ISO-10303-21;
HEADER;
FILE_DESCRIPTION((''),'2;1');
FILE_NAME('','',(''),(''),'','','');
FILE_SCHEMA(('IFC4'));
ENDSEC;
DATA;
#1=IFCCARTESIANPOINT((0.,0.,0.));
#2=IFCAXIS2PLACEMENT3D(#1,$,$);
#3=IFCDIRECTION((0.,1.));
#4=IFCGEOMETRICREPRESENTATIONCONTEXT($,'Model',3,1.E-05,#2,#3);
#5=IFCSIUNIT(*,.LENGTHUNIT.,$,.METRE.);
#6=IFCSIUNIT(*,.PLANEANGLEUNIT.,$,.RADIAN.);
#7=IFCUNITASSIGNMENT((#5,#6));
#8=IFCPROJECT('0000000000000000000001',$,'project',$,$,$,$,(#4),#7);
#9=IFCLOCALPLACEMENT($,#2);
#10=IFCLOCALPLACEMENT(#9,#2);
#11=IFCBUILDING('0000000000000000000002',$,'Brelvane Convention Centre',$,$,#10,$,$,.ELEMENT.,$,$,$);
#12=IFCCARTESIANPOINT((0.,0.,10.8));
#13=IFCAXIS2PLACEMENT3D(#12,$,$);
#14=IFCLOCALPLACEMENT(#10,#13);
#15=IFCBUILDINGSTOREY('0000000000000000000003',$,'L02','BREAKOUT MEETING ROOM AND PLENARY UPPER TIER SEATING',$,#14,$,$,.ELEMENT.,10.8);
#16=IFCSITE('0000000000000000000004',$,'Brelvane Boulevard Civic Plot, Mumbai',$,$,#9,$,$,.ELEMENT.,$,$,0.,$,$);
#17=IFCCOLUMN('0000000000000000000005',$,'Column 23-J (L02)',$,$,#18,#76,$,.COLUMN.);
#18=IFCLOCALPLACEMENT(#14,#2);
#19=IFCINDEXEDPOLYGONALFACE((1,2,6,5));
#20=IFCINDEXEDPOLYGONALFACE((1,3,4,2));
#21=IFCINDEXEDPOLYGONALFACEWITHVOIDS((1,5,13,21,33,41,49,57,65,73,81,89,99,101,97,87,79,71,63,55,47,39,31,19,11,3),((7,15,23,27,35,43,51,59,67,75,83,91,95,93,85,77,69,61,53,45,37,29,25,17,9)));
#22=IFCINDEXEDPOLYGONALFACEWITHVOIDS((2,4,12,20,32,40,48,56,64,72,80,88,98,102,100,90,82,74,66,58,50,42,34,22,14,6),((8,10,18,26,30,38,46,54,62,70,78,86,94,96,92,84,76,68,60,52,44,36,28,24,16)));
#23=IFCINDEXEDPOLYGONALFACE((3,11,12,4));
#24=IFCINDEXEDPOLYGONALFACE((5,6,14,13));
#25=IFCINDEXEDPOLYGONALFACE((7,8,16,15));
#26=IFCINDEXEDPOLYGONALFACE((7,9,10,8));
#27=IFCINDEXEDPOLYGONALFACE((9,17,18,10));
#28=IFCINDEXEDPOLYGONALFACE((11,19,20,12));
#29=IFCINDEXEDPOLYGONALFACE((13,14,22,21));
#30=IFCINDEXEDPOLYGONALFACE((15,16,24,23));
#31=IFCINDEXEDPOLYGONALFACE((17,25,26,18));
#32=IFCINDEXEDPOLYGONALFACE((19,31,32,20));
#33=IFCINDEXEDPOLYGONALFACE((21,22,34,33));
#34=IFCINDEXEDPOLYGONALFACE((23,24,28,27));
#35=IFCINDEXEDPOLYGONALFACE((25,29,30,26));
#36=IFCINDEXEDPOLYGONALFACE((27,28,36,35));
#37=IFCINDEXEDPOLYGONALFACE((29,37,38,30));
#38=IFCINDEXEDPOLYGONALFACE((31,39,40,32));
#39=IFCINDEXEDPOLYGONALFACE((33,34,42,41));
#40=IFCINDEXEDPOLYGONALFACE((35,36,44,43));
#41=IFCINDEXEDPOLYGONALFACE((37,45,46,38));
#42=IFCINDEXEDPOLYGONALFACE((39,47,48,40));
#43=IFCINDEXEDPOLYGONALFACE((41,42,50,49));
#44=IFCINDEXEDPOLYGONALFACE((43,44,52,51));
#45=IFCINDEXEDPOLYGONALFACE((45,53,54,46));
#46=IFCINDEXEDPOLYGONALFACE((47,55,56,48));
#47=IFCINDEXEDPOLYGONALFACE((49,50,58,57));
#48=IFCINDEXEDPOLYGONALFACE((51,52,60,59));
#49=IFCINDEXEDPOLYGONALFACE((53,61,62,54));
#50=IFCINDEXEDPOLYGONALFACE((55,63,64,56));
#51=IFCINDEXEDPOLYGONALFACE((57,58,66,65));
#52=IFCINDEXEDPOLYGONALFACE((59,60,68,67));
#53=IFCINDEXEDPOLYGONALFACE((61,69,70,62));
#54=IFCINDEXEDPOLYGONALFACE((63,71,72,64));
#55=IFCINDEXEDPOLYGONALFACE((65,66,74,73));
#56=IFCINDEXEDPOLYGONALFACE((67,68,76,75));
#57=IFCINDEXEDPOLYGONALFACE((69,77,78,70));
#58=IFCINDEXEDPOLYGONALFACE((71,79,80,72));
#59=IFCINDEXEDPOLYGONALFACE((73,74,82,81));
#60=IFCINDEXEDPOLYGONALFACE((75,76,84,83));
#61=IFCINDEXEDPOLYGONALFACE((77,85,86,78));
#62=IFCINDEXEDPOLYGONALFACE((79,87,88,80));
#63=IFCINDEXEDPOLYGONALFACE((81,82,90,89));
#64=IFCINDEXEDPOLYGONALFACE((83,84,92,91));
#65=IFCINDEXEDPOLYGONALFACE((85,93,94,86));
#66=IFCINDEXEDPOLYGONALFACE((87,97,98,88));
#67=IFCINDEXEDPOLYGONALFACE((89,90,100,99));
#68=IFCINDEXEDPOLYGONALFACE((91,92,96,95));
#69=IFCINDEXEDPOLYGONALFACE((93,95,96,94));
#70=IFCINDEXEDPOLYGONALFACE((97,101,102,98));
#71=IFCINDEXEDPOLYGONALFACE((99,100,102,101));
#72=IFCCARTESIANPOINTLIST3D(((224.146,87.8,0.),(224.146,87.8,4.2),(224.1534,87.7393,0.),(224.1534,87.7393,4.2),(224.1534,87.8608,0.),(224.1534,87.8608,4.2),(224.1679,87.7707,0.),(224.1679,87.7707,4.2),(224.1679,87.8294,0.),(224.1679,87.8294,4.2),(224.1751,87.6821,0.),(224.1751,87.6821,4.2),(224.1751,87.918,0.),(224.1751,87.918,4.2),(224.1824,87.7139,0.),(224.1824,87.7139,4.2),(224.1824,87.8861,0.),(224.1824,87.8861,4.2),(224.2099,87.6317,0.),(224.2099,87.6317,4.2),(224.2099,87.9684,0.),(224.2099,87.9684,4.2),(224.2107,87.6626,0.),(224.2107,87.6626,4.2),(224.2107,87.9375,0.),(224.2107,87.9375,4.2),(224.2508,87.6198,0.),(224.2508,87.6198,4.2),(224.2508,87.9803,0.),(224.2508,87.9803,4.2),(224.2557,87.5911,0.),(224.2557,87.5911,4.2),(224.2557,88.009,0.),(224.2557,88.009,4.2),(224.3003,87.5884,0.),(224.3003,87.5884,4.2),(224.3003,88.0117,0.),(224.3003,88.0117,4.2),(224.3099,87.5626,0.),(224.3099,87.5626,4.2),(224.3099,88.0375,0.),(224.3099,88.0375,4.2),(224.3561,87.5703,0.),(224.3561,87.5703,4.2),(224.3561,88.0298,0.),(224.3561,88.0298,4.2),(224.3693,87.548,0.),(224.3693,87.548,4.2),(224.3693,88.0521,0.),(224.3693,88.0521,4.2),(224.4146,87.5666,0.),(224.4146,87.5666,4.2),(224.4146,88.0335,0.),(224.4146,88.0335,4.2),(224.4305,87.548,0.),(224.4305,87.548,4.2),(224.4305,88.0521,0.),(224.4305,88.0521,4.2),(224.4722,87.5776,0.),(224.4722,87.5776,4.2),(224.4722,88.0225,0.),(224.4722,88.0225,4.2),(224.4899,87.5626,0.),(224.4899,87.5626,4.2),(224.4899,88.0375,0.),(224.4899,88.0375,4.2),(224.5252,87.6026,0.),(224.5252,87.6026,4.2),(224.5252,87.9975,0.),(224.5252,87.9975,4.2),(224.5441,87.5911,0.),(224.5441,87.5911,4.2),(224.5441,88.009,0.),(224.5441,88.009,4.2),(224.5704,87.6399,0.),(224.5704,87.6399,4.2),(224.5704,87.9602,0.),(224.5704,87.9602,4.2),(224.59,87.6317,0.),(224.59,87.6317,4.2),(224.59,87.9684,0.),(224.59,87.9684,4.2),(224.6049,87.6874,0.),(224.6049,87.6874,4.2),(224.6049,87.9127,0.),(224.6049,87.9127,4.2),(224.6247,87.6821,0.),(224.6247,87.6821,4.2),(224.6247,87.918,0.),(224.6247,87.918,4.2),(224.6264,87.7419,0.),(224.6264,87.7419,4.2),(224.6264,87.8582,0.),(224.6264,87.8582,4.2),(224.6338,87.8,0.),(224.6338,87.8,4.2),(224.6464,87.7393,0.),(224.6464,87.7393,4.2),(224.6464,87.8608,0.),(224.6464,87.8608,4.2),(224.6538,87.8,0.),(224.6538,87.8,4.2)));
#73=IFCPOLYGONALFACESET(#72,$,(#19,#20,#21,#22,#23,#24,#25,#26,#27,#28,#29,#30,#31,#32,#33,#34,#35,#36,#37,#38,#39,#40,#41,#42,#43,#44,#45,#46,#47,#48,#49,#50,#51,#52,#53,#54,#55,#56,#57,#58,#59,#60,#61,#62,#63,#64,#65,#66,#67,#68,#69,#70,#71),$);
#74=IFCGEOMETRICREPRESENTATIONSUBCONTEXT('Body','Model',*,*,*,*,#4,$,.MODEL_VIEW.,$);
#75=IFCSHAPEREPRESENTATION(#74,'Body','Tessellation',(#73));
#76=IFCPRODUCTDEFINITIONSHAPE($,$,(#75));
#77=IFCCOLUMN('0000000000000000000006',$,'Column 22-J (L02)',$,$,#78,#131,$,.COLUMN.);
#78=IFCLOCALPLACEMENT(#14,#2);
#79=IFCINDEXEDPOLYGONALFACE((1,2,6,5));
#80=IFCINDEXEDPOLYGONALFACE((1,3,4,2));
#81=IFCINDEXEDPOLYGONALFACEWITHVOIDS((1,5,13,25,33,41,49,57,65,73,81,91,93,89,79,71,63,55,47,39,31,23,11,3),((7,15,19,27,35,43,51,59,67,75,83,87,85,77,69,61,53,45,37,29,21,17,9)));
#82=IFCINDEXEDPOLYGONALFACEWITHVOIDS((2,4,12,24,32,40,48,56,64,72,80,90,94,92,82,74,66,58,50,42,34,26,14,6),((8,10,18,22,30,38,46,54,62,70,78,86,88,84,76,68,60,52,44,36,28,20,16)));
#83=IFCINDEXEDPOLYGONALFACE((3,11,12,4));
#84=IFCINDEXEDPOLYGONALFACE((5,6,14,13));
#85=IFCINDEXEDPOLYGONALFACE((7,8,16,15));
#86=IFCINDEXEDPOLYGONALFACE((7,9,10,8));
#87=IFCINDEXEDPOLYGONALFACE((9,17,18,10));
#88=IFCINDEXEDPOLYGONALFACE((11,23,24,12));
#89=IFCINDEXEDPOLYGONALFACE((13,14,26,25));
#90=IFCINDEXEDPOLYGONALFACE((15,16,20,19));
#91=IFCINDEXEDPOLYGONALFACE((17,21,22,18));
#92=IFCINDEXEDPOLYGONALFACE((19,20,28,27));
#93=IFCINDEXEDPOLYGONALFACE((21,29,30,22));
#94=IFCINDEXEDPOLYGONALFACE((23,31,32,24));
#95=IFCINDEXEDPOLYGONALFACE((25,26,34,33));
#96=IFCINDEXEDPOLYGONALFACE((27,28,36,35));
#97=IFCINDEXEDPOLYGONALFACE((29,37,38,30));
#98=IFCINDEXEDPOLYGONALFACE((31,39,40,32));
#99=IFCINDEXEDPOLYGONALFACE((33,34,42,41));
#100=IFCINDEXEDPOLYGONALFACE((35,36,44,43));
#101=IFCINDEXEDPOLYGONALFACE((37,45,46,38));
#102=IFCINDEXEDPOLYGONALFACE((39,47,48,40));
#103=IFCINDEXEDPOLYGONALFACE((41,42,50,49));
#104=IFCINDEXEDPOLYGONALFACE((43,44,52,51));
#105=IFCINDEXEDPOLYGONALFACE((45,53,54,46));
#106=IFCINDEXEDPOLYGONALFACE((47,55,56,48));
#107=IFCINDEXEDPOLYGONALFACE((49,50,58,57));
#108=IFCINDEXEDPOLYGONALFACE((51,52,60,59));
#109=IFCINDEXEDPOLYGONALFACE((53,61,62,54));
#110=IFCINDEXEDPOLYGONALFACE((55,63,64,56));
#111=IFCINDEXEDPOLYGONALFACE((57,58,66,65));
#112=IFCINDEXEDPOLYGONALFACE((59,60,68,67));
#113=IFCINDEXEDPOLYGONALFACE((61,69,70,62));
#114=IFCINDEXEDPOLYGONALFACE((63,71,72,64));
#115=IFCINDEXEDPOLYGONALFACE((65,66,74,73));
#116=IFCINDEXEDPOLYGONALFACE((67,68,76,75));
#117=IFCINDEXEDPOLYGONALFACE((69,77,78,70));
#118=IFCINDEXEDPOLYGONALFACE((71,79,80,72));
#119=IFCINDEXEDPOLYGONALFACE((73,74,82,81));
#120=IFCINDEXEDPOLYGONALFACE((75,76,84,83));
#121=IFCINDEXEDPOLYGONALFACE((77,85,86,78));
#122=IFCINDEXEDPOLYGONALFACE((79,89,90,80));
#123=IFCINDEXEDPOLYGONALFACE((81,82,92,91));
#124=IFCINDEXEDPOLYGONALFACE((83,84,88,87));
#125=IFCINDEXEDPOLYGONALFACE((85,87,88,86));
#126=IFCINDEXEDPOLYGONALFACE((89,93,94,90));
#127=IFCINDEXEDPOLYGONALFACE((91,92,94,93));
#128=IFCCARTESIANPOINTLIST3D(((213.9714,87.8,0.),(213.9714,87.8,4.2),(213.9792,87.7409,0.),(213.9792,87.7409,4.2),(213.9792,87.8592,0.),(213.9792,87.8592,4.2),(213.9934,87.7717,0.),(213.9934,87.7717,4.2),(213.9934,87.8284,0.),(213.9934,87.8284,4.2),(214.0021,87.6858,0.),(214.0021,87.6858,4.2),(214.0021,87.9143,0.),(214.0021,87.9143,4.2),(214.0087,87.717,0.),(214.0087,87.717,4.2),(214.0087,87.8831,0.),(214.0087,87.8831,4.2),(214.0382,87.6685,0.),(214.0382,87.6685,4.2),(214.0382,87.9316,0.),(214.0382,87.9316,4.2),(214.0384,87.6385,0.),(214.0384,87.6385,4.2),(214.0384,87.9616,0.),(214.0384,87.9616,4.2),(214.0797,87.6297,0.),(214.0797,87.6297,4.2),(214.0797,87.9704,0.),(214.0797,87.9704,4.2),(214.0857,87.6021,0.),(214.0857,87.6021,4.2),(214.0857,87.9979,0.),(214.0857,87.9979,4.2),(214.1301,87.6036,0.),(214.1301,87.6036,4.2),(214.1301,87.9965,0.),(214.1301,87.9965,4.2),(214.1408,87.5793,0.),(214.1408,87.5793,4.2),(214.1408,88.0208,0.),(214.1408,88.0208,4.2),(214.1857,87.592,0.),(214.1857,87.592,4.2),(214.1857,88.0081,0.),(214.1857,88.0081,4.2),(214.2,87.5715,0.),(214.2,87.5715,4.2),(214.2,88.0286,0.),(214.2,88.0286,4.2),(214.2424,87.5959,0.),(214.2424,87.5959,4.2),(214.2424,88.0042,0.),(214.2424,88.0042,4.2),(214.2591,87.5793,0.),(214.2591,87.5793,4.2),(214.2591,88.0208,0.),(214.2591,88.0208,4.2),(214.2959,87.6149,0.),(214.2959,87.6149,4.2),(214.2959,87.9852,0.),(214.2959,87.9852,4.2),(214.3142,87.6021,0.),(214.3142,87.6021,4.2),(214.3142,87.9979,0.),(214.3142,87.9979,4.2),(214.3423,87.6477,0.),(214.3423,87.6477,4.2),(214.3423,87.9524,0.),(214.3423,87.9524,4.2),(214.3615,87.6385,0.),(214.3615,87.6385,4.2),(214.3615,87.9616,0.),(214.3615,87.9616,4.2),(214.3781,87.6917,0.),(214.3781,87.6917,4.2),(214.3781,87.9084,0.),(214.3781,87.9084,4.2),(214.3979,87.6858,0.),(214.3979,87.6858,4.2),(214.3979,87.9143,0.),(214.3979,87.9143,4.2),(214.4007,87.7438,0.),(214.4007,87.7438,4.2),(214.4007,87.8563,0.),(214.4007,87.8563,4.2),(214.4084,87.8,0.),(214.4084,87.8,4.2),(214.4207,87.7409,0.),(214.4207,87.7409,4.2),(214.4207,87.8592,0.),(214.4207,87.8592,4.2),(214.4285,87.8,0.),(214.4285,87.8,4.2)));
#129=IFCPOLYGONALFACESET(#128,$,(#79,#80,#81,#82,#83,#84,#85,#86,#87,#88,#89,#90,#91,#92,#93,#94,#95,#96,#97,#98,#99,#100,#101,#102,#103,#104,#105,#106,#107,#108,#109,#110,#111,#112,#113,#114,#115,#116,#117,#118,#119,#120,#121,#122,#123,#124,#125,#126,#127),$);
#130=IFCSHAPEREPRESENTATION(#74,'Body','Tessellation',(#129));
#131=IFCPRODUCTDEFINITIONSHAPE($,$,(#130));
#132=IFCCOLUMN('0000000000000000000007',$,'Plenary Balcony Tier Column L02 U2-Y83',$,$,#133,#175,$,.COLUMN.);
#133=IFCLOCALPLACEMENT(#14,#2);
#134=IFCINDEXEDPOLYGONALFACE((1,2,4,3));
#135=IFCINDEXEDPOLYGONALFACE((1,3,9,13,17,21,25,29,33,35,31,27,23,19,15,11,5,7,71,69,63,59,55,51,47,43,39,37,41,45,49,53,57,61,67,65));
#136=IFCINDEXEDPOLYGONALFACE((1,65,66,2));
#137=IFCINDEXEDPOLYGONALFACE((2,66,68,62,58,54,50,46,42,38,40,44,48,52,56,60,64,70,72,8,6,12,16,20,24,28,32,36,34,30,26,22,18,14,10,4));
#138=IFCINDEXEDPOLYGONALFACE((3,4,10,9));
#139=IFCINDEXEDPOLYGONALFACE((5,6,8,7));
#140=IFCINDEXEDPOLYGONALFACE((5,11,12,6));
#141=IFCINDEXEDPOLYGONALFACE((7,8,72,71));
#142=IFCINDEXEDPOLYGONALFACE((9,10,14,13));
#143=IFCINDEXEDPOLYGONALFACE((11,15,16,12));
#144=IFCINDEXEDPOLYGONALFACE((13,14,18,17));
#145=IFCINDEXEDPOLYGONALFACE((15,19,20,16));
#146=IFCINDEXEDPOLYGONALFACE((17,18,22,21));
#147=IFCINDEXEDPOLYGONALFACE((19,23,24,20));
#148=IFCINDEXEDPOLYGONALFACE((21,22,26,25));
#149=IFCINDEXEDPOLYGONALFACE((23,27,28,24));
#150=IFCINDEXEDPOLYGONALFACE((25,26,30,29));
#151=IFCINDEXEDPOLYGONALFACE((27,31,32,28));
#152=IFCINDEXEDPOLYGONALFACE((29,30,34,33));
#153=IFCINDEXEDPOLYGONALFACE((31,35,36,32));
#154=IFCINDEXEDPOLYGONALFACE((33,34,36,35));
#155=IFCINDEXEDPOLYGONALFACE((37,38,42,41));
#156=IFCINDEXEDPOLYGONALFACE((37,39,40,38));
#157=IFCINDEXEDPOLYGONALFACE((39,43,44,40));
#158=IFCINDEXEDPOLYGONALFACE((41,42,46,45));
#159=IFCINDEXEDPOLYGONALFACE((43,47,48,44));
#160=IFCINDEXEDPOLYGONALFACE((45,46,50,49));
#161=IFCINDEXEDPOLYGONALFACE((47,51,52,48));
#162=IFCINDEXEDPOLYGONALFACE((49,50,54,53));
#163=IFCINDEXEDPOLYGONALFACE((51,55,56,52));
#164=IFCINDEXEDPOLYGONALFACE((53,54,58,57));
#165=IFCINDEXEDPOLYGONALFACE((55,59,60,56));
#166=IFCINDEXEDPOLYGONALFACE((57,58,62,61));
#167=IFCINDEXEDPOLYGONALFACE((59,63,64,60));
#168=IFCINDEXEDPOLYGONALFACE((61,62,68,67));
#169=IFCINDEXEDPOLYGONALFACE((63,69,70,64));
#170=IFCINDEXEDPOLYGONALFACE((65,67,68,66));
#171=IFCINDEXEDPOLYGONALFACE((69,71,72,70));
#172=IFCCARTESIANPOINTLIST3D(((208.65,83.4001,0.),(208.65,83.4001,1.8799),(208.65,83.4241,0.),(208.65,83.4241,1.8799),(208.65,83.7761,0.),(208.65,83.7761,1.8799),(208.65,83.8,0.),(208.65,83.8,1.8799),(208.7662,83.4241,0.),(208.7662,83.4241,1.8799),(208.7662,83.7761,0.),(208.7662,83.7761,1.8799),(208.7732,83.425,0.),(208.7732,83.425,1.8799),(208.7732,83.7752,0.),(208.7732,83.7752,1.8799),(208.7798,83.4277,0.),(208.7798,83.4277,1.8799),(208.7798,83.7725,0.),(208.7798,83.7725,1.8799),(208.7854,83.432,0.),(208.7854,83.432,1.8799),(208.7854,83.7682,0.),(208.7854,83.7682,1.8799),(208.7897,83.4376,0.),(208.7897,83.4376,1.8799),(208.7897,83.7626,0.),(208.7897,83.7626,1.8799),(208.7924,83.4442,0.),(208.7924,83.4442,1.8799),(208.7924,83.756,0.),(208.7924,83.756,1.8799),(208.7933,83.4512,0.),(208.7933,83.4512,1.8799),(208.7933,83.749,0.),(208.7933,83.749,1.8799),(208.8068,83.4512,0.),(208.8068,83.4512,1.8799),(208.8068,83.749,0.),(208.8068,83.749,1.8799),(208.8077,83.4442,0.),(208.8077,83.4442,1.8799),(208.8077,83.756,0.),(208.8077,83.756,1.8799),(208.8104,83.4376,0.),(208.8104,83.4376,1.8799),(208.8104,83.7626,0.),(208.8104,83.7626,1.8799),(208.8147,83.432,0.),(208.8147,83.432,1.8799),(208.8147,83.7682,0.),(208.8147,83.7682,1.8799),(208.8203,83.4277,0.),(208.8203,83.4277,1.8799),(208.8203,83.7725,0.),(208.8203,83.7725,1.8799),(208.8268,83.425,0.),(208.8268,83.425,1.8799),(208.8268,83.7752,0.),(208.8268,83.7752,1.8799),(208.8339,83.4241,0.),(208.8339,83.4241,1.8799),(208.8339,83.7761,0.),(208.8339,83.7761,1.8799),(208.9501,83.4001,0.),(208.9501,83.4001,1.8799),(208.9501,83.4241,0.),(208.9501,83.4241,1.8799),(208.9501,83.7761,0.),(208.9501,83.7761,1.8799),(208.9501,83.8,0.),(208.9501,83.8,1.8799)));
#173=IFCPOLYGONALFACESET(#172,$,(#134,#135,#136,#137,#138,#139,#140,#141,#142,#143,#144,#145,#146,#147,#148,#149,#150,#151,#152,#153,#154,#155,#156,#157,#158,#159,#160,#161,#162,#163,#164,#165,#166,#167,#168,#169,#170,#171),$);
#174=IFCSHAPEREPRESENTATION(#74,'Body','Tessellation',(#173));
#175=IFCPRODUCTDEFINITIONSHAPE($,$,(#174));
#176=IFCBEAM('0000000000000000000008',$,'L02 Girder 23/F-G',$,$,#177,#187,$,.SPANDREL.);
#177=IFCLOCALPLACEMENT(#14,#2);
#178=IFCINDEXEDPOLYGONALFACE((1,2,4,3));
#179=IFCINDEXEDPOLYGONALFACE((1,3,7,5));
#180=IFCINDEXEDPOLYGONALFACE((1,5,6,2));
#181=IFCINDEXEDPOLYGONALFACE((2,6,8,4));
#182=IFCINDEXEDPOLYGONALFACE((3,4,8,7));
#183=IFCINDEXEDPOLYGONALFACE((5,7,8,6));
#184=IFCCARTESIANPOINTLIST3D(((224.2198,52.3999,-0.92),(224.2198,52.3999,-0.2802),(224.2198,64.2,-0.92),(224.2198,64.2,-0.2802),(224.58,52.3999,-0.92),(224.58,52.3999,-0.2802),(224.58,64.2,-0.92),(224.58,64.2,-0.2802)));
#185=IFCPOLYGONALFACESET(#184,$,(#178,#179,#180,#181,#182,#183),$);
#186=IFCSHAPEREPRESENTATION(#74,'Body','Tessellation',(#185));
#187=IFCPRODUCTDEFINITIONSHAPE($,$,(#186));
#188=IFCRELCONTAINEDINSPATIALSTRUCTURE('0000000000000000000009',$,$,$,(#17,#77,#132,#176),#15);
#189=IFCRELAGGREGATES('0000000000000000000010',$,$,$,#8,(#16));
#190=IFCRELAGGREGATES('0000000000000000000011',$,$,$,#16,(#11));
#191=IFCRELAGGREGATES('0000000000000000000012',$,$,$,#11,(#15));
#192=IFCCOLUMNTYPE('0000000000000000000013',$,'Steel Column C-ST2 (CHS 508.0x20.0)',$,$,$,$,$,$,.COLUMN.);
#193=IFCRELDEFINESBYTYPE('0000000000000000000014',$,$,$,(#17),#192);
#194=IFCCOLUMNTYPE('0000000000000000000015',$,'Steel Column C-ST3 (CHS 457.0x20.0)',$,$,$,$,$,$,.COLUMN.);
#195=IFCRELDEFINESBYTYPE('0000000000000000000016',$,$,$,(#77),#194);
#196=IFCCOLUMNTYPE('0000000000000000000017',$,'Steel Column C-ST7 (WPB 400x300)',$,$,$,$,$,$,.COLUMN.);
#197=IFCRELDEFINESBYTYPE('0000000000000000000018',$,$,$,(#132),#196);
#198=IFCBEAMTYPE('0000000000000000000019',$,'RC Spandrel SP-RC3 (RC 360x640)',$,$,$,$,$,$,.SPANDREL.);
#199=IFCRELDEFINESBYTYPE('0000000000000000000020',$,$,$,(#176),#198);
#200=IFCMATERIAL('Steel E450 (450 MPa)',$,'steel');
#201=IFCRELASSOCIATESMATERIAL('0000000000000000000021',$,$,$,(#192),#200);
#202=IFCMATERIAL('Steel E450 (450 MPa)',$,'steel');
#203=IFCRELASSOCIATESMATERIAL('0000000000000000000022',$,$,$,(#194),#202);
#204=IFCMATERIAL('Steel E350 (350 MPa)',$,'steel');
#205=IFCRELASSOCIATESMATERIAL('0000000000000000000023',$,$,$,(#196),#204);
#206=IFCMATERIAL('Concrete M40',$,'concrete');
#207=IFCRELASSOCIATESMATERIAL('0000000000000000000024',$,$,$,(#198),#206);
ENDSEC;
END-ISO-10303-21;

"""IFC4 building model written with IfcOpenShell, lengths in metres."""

from ifc_helpers import new_model, si_unit, direction, frame, origin, origin_2d, place, context, subcontext, project, spatial, rectangle, hollow_circle, i_section, extrude, material, material_profile, profile_set, type_object, element, save


model = new_model("IFC4")

# Units and contexts
model_context = context("Model", 3, precision=1e-05, world=origin(), true_north=direction((0.0, 1.0)))
body_context = subcontext(model_context, "Body", "Model", "MODEL_VIEW")
ifc_project = project(units=[si_unit("LENGTHUNIT", "METRE"), si_unit("PLANEANGLEUNIT", "RADIAN")], contexts=[model_context])

# Site, building, storey
site_placement = place(None, origin())
site = spatial("IfcSite", under=ifc_project, at=site_placement, Name="Brelvane Boulevard Civic Plot, Mumbai", CompositionType="ELEMENT", RefElevation=0.0)
building_placement = place(site_placement, origin())
building = spatial("IfcBuilding", under=site, at=building_placement, Name="Brelvane Convention Centre", CompositionType="ELEMENT")
storey_placement = place(building_placement, frame((0.0, 0.0, 10.8)))
storey = spatial("IfcBuildingStorey", under=building, at=storey_placement, Name="L02", Description="BREAKOUT MEETING ROOM AND PLENARY UPPER TIER SEATING", CompositionType="ELEMENT", Elevation=10.8)

# Columns
ifc_material_1 = material(Name="Steel E450 (450 MPa)", Category="steel")
ifc_material_profile_1 = material_profile(ifc_material_1, hollow_circle(Radius=0.2539, WallThickness=0.02, at=origin_2d()), Name="CHS 508.0x20.0")
ifc_profile_set_1 = profile_set([ifc_material_profile_1], Name="Steel E450 (450 MPa)")
column_type_1 = type_object("IfcColumnType", Name="Steel Column C-ST2 (CHS 508.0x20.0)", PredefinedType="COLUMN", material=ifc_profile_set_1)
for number, where, z_axis, x_axis, name in (
    (1, (224.3999, 87.8, 0.0), (0.0, 0.0, 1.0), (1.0, 0.0, 0.0), "Column 23-J (L02)"),
):
    element("IfcColumn", number, at=place(storey_placement, frame(where, z_axis=z_axis, x_axis=x_axis)), inside=storey, type_object=column_type_1, Name=name, PredefinedType="COLUMN", context=body_context, shape_type="SweptSolid", body=[
        extrude(hollow_circle(Radius=0.2539, WallThickness=0.02, at=origin_2d()), origin(), (0.0, 0.0, 1.0), 4.2),
    ])
ifc_material_2 = material(Name="Steel E450 (450 MPa)", Category="steel")
ifc_material_profile_2 = material_profile(ifc_material_2, hollow_circle(Radius=0.2285, WallThickness=0.02, at=origin_2d()), Name="CHS 457.0x20.0")
ifc_profile_set_2 = profile_set([ifc_material_profile_2], Name="Steel E450 (450 MPa)")
column_type_2 = type_object("IfcColumnType", Name="Steel Column C-ST3 (CHS 457.0x20.0)", PredefinedType="COLUMN", material=ifc_profile_set_2)
column_1_placement = place(storey_placement, frame((214.2, 87.8, 0.0), z_axis=(0.0, 0.0, 1.0), x_axis=(1.0, 0.0, 0.0)))
element("IfcColumn", 2, at=column_1_placement, inside=storey, type_object=column_type_2, Name="Column 22-J (L02)", PredefinedType="COLUMN", context=body_context, shape_type="SweptSolid", body=[
    extrude(hollow_circle(Radius=0.2285, WallThickness=0.02, at=origin_2d()), origin(), (0.0, 0.0, 1.0), 4.2),
])
ifc_material_3 = material(Name="Steel E350 (350 MPa)", Category="steel")
ifc_material_profile_3 = material_profile(ifc_material_3, i_section(OverallWidth=0.3, OverallDepth=0.3999, WebThickness=0.0134, FlangeThickness=0.0239, FilletRadius=0.0271, at=origin_2d()), Name="WPB 400x300")
ifc_profile_set_3 = profile_set([ifc_material_profile_3], Name="Steel E350 (350 MPa)")
column_type_3 = type_object("IfcColumnType", Name="Steel Column C-ST7 (WPB 400x300)", PredefinedType="COLUMN", material=ifc_profile_set_3)
column_2_placement = place(storey_placement, frame((208.8, 83.6001, 0.0), z_axis=(0.0, 0.0, 1.0), x_axis=(1.0, 0.0, 0.0)))
element("IfcColumn", 3, at=column_2_placement, inside=storey, type_object=column_type_3, Name="Plenary Balcony Tier Column L02 U2-Y83", PredefinedType="COLUMN", context=body_context, shape_type="SweptSolid", body=[
    extrude(i_section(OverallWidth=0.3, OverallDepth=0.3999, WebThickness=0.0134, FlangeThickness=0.0239, FilletRadius=0.0271, at=origin_2d()), origin(), (0.0, 0.0, 1.0), 1.8799),
])

# Beam
ifc_material_4 = material(Name="Concrete M40", Category="concrete")
ifc_material_profile_4 = material_profile(ifc_material_4, rectangle(XDim=0.3601, YDim=0.6399, at=origin_2d()), Name="RC 360x640")
ifc_profile_set_4 = profile_set([ifc_material_profile_4], Name="Concrete M40")
beam_type_1 = type_object("IfcBeamType", Name="RC Spandrel SP-RC3 (RC 360x640)", PredefinedType="SPANDREL", material=ifc_profile_set_4)
for number, where, z_axis, x_axis, name in (
    (4, (224.3999, 52.3999, -0.6001), (0.0, 1.0, 0.0), (-1.0, 0.0, 0.0), "L02 Girder 23/F-G"),
):
    element("IfcBeam", number, at=place(storey_placement, frame(where, z_axis=z_axis, x_axis=x_axis)), inside=storey, type_object=beam_type_1, Name=name, PredefinedType="SPANDREL", context=body_context, shape_type="SweptSolid", body=[
        extrude(rectangle(XDim=0.3601, YDim=0.6399, at=origin_2d()), origin(), (0.0, 0.0, 1.0), 11.8),
    ])

save(model, "model.ifc")
